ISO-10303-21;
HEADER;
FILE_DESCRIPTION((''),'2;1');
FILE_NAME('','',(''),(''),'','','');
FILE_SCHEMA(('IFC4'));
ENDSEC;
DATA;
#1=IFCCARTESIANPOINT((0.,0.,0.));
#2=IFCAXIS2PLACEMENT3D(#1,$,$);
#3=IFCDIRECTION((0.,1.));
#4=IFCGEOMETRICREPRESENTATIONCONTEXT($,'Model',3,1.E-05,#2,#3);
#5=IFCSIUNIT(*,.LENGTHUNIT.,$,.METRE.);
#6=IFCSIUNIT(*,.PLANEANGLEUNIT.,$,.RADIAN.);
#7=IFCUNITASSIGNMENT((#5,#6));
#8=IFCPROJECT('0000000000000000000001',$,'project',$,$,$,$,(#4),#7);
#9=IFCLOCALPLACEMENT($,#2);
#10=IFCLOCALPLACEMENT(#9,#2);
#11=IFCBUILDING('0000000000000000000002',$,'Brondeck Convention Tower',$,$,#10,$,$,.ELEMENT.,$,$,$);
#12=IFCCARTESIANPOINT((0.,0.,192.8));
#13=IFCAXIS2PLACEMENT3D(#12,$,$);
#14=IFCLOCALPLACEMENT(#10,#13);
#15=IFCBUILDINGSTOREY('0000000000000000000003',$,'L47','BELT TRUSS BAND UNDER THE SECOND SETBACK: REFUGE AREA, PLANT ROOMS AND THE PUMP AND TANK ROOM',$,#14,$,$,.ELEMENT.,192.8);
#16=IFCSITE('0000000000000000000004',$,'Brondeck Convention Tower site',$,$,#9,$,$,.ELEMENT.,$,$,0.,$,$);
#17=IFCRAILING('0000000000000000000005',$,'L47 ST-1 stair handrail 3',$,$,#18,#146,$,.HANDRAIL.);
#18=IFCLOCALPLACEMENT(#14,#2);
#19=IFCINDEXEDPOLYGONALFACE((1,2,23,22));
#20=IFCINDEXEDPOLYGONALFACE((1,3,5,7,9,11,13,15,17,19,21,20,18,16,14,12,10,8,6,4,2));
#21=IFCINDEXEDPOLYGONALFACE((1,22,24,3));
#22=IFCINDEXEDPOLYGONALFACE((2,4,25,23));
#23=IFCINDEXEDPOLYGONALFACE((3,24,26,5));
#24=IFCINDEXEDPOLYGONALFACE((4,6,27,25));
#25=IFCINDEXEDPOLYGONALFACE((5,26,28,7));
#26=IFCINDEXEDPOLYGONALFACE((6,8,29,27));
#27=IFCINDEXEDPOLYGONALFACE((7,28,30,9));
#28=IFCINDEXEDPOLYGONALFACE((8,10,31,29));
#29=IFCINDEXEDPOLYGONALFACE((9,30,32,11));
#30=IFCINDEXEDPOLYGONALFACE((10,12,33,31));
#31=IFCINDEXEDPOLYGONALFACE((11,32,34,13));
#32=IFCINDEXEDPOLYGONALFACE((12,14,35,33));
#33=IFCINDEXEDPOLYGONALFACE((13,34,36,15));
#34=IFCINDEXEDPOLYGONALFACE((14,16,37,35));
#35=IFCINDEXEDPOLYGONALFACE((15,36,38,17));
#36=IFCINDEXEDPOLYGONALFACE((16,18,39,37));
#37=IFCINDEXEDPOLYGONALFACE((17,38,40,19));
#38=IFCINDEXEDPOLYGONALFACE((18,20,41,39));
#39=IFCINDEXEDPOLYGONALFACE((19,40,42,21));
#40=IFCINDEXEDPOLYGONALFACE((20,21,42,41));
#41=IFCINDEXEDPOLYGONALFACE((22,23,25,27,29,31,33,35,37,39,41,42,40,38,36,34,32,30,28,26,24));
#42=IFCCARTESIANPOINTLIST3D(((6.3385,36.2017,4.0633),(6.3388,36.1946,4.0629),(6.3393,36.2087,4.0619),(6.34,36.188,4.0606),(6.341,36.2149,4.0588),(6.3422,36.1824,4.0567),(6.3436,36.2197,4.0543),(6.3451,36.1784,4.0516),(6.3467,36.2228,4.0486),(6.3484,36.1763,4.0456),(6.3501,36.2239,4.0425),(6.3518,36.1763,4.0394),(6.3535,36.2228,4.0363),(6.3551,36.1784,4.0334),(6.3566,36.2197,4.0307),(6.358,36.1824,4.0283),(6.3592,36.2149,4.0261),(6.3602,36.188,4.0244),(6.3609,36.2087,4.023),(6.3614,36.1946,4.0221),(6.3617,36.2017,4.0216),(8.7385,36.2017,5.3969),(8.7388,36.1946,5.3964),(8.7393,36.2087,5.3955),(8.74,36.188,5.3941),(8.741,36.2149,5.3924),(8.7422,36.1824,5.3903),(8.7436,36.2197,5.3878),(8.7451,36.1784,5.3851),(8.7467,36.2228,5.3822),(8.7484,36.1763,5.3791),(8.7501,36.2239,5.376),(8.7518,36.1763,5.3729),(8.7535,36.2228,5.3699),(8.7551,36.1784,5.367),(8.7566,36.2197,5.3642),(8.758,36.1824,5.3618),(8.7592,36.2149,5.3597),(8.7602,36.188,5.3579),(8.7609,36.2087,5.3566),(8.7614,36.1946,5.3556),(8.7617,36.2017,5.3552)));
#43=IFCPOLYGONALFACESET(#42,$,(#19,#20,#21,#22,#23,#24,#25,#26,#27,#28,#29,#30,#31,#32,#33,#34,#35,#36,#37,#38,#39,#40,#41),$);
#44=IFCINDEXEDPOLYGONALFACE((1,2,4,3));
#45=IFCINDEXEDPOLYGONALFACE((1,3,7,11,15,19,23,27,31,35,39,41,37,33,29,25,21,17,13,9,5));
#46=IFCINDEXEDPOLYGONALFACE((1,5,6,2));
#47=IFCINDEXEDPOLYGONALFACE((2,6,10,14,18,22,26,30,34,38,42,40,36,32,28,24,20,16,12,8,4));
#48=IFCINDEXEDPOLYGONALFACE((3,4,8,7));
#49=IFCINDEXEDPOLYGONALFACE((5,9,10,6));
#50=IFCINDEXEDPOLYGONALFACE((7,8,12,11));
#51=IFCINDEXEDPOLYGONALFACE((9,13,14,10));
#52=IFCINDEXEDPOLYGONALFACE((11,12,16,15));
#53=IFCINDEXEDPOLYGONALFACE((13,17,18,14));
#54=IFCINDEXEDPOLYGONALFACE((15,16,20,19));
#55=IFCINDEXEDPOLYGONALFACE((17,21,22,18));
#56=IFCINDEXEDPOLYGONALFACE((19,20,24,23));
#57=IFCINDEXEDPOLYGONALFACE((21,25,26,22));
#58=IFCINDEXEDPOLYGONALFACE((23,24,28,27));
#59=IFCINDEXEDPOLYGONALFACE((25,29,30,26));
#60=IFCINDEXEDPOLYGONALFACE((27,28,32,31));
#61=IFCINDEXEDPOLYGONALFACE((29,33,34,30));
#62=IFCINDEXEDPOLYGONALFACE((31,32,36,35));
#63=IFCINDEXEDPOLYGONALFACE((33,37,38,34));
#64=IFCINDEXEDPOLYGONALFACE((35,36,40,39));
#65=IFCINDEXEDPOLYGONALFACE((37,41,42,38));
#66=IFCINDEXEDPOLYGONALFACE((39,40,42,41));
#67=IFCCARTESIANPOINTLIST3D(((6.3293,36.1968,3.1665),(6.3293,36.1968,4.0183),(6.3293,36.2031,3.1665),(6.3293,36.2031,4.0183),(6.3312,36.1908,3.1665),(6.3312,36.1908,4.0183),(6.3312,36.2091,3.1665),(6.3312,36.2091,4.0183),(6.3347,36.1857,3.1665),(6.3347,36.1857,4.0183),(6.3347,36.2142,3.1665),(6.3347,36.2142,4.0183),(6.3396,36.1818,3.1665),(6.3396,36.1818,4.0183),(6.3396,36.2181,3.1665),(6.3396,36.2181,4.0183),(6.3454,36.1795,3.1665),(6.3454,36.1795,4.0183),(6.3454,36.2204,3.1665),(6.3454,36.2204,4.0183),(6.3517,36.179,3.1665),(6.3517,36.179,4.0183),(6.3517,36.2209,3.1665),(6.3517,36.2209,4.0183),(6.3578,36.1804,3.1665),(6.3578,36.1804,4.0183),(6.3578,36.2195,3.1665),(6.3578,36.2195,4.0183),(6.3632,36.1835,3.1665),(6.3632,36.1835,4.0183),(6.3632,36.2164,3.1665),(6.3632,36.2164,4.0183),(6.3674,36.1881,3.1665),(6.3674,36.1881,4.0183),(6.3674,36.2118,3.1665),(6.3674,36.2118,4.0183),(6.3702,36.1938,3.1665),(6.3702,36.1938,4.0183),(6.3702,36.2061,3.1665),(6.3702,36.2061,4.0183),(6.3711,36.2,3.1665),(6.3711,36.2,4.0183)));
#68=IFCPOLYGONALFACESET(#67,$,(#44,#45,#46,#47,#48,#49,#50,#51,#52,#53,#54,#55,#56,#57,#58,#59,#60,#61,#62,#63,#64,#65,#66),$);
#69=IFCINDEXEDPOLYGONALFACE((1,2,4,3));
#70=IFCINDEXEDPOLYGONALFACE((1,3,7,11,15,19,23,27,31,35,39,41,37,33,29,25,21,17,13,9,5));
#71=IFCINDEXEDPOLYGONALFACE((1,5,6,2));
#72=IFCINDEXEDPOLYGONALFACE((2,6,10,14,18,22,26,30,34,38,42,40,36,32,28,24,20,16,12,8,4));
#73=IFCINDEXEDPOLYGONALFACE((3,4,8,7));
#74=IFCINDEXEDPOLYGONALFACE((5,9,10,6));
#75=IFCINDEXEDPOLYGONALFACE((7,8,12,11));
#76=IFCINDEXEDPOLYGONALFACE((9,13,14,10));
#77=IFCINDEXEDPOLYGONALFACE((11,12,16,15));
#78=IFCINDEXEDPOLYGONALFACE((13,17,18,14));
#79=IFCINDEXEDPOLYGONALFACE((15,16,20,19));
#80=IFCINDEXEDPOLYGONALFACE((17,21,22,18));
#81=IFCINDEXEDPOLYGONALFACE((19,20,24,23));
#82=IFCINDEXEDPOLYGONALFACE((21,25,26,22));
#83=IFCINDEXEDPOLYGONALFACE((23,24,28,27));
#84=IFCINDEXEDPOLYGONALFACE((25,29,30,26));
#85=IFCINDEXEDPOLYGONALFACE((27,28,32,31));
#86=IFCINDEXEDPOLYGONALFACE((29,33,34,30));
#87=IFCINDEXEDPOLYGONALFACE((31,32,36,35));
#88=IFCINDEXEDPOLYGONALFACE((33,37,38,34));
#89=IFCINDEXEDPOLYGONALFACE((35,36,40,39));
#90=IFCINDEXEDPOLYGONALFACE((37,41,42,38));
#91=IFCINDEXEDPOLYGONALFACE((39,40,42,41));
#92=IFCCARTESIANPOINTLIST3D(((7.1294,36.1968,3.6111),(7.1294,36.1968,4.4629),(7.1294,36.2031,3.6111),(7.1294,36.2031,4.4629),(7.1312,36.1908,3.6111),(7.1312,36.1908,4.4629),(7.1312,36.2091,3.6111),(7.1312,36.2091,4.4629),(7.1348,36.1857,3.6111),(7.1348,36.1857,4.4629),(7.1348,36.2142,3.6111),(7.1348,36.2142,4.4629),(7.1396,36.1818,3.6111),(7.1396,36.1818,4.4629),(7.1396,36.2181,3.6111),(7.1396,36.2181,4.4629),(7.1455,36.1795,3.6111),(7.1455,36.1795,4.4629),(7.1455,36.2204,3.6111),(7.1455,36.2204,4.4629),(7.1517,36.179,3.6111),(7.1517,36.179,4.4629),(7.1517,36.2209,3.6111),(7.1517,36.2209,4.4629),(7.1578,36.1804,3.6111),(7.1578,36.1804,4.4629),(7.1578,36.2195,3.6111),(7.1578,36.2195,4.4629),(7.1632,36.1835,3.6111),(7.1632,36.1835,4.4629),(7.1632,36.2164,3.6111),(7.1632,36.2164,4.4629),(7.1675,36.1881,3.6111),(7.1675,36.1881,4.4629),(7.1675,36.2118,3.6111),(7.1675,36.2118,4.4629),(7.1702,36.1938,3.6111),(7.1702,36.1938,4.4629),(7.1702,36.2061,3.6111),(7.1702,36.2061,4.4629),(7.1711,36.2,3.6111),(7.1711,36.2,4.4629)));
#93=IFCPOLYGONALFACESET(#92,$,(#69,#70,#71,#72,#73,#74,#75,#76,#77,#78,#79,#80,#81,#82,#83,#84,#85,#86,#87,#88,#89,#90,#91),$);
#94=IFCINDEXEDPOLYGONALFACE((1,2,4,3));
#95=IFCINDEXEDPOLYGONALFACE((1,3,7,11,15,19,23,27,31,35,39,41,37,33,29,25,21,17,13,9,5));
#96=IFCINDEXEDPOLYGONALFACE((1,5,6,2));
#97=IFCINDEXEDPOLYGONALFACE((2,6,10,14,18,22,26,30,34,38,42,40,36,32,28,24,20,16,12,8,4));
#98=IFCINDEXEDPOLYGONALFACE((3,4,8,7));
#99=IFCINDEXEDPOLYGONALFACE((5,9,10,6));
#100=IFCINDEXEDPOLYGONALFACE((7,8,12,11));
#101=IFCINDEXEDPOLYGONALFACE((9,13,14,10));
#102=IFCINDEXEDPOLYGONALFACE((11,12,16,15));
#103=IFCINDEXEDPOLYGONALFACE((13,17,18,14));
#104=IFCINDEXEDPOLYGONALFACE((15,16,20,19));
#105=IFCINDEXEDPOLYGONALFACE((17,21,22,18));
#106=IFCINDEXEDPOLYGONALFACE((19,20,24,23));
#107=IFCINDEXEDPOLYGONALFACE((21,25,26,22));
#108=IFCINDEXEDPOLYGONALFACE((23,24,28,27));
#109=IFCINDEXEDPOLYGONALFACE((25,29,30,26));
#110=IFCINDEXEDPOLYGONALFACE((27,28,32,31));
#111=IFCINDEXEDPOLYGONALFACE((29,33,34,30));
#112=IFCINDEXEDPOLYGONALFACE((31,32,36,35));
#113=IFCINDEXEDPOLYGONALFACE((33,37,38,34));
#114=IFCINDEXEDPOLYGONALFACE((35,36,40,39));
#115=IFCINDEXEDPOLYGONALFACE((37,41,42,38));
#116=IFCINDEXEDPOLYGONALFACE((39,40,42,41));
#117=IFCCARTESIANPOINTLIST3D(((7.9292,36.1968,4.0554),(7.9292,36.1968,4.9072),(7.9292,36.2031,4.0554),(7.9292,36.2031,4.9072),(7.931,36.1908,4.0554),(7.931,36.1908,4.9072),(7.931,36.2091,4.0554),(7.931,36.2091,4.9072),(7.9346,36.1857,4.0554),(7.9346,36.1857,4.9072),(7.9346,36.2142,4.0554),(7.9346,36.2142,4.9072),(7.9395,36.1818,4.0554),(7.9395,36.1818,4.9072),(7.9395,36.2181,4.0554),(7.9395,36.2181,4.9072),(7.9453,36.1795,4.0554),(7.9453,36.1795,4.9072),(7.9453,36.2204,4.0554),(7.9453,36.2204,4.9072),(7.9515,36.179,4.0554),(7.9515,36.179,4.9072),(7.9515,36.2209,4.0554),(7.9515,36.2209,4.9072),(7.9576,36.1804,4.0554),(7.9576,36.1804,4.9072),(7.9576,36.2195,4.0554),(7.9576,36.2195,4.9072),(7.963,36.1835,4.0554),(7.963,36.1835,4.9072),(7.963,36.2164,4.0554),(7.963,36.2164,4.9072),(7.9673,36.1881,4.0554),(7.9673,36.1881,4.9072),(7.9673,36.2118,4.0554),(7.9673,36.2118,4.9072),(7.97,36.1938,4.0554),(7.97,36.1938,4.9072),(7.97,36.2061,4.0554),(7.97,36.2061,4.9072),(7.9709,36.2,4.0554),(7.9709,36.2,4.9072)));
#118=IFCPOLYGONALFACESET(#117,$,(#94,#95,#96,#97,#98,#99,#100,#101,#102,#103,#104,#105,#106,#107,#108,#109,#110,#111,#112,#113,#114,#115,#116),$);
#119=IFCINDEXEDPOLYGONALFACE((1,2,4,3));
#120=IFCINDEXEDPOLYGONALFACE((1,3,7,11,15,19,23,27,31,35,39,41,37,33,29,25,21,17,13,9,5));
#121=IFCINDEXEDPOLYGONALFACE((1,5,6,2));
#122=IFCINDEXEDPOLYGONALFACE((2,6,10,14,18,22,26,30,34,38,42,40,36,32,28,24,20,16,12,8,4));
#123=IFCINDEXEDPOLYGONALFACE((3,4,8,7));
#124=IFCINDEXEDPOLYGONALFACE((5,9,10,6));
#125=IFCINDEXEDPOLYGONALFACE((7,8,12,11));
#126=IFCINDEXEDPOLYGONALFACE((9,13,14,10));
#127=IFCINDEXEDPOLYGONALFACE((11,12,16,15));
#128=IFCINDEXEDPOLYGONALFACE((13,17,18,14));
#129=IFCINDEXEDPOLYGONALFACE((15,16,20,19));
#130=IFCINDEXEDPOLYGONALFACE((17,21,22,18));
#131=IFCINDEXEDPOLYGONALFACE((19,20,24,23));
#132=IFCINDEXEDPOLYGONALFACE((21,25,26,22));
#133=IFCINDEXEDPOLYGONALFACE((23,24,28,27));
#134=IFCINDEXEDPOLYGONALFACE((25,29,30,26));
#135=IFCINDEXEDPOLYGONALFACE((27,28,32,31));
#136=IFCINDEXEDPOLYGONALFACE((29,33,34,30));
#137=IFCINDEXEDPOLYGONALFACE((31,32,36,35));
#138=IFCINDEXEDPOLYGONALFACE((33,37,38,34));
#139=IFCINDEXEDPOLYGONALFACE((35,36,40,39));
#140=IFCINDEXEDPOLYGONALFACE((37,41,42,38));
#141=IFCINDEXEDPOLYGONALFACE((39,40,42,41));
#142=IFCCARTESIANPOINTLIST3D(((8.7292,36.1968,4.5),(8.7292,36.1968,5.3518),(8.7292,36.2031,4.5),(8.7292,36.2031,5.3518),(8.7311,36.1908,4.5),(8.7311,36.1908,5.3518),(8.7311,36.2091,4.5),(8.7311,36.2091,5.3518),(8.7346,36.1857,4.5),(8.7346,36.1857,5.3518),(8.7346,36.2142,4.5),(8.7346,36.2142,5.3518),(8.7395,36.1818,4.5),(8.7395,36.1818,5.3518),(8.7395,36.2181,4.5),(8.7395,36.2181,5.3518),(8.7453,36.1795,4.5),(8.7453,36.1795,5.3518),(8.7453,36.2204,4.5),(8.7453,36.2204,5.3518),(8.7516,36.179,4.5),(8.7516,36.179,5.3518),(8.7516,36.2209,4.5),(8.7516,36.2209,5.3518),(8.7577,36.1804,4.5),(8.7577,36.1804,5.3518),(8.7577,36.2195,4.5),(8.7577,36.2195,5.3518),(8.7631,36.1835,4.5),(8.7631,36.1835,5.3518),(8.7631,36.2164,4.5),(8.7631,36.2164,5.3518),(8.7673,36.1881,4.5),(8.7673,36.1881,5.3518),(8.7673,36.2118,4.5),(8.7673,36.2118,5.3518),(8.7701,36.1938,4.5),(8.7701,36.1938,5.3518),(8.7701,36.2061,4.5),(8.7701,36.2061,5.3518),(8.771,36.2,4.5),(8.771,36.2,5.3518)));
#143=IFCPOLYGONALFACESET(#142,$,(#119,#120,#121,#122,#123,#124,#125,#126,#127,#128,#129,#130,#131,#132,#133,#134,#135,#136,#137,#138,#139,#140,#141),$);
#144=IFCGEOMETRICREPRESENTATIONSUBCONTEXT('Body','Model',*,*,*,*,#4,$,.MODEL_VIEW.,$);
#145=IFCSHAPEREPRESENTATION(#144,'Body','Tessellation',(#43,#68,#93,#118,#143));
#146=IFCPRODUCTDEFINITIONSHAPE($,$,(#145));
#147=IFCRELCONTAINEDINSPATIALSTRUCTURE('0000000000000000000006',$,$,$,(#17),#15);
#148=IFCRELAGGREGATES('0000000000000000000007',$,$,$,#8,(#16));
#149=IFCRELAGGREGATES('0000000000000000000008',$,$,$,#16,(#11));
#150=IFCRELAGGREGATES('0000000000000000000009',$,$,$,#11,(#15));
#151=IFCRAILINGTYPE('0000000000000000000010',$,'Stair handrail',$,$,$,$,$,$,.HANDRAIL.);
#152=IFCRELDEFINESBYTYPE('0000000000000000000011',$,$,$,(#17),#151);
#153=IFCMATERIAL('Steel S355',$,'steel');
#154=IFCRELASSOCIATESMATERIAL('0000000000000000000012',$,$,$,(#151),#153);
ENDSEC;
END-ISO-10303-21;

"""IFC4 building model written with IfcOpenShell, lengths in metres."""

from ifc_helpers import new_model, si_unit, direction, frame, origin, origin_2d, place, context, subcontext, project, spatial, circle, extrude, material, type_object, element, save


model = new_model("IFC4")

# Units and contexts
model_context = context("Model", 3, precision=1e-05, world=origin(), true_north=direction((0.0, 1.0)))
body_context = subcontext(model_context, "Body", "Model", "MODEL_VIEW")
ifc_project = project(units=[si_unit("LENGTHUNIT", "METRE"), si_unit("PLANEANGLEUNIT", "RADIAN")], contexts=[model_context])

# Site, building, storey
site_placement = place(None, origin())
site = spatial("IfcSite", under=ifc_project, at=site_placement, Name="Brondeck Convention Tower site", CompositionType="ELEMENT", RefElevation=0.0)
building_placement = place(site_placement, origin())
building = spatial("IfcBuilding", under=site, at=building_placement, Name="Brondeck Convention Tower", CompositionType="ELEMENT")
storey_placement = place(building_placement, frame((0.0, 0.0, 192.8)))
storey = spatial("IfcBuildingStorey", under=building, at=storey_placement, Name="L47", Description="BELT TRUSS BAND UNDER THE SECOND SETBACK: REFUGE AREA, PLANT ROOMS AND THE PUMP AND TANK ROOM", CompositionType="ELEMENT", Elevation=192.8)

# Shared definitions
ifc_material_1 = material(Name="Steel S355", Category="steel")

# Railing
railing_type_1 = type_object("IfcRailingType", Name="Stair handrail", PredefinedType="HANDRAIL", material=ifc_material_1)
railing_1_placement = place(storey_placement, frame((6.3501, 36.2, 3.1665)))
element("IfcRailing", 1, at=railing_1_placement, inside=storey, type_object=railing_type_1, Name="L47 ST-1 stair handrail 3", PredefinedType="HANDRAIL", context=body_context, shape_type="SweptSolid", body=[
    extrude(circle(Radius=0.0239, at=origin_2d()), frame((0.0, 0.0, 0.876), z_axis=(0.874124, 0.0, 0.485703), x_axis=(0.0, 1.0, 0.0)), (0.0, 0.0, 1.0), 2.7456),
    extrude(circle(Radius=0.021, at=origin_2d()), origin(), (0.0, 0.0, 1.0), 0.8518),
    extrude(circle(Radius=0.021, at=origin_2d()), frame((0.8, 0.0, 0.4446)), (0.0, 0.0, 1.0), 0.8518),
    extrude(circle(Radius=0.021, at=origin_2d()), frame((1.5999, 0.0, 0.8889)), (0.0, 0.0, 1.0), 0.8518),
    extrude(circle(Radius=0.021, at=origin_2d()), frame((2.3999, 0.0, 1.3335)), (0.0, 0.0, 1.0), 0.8518),
])

save(model, "model.ifc")
